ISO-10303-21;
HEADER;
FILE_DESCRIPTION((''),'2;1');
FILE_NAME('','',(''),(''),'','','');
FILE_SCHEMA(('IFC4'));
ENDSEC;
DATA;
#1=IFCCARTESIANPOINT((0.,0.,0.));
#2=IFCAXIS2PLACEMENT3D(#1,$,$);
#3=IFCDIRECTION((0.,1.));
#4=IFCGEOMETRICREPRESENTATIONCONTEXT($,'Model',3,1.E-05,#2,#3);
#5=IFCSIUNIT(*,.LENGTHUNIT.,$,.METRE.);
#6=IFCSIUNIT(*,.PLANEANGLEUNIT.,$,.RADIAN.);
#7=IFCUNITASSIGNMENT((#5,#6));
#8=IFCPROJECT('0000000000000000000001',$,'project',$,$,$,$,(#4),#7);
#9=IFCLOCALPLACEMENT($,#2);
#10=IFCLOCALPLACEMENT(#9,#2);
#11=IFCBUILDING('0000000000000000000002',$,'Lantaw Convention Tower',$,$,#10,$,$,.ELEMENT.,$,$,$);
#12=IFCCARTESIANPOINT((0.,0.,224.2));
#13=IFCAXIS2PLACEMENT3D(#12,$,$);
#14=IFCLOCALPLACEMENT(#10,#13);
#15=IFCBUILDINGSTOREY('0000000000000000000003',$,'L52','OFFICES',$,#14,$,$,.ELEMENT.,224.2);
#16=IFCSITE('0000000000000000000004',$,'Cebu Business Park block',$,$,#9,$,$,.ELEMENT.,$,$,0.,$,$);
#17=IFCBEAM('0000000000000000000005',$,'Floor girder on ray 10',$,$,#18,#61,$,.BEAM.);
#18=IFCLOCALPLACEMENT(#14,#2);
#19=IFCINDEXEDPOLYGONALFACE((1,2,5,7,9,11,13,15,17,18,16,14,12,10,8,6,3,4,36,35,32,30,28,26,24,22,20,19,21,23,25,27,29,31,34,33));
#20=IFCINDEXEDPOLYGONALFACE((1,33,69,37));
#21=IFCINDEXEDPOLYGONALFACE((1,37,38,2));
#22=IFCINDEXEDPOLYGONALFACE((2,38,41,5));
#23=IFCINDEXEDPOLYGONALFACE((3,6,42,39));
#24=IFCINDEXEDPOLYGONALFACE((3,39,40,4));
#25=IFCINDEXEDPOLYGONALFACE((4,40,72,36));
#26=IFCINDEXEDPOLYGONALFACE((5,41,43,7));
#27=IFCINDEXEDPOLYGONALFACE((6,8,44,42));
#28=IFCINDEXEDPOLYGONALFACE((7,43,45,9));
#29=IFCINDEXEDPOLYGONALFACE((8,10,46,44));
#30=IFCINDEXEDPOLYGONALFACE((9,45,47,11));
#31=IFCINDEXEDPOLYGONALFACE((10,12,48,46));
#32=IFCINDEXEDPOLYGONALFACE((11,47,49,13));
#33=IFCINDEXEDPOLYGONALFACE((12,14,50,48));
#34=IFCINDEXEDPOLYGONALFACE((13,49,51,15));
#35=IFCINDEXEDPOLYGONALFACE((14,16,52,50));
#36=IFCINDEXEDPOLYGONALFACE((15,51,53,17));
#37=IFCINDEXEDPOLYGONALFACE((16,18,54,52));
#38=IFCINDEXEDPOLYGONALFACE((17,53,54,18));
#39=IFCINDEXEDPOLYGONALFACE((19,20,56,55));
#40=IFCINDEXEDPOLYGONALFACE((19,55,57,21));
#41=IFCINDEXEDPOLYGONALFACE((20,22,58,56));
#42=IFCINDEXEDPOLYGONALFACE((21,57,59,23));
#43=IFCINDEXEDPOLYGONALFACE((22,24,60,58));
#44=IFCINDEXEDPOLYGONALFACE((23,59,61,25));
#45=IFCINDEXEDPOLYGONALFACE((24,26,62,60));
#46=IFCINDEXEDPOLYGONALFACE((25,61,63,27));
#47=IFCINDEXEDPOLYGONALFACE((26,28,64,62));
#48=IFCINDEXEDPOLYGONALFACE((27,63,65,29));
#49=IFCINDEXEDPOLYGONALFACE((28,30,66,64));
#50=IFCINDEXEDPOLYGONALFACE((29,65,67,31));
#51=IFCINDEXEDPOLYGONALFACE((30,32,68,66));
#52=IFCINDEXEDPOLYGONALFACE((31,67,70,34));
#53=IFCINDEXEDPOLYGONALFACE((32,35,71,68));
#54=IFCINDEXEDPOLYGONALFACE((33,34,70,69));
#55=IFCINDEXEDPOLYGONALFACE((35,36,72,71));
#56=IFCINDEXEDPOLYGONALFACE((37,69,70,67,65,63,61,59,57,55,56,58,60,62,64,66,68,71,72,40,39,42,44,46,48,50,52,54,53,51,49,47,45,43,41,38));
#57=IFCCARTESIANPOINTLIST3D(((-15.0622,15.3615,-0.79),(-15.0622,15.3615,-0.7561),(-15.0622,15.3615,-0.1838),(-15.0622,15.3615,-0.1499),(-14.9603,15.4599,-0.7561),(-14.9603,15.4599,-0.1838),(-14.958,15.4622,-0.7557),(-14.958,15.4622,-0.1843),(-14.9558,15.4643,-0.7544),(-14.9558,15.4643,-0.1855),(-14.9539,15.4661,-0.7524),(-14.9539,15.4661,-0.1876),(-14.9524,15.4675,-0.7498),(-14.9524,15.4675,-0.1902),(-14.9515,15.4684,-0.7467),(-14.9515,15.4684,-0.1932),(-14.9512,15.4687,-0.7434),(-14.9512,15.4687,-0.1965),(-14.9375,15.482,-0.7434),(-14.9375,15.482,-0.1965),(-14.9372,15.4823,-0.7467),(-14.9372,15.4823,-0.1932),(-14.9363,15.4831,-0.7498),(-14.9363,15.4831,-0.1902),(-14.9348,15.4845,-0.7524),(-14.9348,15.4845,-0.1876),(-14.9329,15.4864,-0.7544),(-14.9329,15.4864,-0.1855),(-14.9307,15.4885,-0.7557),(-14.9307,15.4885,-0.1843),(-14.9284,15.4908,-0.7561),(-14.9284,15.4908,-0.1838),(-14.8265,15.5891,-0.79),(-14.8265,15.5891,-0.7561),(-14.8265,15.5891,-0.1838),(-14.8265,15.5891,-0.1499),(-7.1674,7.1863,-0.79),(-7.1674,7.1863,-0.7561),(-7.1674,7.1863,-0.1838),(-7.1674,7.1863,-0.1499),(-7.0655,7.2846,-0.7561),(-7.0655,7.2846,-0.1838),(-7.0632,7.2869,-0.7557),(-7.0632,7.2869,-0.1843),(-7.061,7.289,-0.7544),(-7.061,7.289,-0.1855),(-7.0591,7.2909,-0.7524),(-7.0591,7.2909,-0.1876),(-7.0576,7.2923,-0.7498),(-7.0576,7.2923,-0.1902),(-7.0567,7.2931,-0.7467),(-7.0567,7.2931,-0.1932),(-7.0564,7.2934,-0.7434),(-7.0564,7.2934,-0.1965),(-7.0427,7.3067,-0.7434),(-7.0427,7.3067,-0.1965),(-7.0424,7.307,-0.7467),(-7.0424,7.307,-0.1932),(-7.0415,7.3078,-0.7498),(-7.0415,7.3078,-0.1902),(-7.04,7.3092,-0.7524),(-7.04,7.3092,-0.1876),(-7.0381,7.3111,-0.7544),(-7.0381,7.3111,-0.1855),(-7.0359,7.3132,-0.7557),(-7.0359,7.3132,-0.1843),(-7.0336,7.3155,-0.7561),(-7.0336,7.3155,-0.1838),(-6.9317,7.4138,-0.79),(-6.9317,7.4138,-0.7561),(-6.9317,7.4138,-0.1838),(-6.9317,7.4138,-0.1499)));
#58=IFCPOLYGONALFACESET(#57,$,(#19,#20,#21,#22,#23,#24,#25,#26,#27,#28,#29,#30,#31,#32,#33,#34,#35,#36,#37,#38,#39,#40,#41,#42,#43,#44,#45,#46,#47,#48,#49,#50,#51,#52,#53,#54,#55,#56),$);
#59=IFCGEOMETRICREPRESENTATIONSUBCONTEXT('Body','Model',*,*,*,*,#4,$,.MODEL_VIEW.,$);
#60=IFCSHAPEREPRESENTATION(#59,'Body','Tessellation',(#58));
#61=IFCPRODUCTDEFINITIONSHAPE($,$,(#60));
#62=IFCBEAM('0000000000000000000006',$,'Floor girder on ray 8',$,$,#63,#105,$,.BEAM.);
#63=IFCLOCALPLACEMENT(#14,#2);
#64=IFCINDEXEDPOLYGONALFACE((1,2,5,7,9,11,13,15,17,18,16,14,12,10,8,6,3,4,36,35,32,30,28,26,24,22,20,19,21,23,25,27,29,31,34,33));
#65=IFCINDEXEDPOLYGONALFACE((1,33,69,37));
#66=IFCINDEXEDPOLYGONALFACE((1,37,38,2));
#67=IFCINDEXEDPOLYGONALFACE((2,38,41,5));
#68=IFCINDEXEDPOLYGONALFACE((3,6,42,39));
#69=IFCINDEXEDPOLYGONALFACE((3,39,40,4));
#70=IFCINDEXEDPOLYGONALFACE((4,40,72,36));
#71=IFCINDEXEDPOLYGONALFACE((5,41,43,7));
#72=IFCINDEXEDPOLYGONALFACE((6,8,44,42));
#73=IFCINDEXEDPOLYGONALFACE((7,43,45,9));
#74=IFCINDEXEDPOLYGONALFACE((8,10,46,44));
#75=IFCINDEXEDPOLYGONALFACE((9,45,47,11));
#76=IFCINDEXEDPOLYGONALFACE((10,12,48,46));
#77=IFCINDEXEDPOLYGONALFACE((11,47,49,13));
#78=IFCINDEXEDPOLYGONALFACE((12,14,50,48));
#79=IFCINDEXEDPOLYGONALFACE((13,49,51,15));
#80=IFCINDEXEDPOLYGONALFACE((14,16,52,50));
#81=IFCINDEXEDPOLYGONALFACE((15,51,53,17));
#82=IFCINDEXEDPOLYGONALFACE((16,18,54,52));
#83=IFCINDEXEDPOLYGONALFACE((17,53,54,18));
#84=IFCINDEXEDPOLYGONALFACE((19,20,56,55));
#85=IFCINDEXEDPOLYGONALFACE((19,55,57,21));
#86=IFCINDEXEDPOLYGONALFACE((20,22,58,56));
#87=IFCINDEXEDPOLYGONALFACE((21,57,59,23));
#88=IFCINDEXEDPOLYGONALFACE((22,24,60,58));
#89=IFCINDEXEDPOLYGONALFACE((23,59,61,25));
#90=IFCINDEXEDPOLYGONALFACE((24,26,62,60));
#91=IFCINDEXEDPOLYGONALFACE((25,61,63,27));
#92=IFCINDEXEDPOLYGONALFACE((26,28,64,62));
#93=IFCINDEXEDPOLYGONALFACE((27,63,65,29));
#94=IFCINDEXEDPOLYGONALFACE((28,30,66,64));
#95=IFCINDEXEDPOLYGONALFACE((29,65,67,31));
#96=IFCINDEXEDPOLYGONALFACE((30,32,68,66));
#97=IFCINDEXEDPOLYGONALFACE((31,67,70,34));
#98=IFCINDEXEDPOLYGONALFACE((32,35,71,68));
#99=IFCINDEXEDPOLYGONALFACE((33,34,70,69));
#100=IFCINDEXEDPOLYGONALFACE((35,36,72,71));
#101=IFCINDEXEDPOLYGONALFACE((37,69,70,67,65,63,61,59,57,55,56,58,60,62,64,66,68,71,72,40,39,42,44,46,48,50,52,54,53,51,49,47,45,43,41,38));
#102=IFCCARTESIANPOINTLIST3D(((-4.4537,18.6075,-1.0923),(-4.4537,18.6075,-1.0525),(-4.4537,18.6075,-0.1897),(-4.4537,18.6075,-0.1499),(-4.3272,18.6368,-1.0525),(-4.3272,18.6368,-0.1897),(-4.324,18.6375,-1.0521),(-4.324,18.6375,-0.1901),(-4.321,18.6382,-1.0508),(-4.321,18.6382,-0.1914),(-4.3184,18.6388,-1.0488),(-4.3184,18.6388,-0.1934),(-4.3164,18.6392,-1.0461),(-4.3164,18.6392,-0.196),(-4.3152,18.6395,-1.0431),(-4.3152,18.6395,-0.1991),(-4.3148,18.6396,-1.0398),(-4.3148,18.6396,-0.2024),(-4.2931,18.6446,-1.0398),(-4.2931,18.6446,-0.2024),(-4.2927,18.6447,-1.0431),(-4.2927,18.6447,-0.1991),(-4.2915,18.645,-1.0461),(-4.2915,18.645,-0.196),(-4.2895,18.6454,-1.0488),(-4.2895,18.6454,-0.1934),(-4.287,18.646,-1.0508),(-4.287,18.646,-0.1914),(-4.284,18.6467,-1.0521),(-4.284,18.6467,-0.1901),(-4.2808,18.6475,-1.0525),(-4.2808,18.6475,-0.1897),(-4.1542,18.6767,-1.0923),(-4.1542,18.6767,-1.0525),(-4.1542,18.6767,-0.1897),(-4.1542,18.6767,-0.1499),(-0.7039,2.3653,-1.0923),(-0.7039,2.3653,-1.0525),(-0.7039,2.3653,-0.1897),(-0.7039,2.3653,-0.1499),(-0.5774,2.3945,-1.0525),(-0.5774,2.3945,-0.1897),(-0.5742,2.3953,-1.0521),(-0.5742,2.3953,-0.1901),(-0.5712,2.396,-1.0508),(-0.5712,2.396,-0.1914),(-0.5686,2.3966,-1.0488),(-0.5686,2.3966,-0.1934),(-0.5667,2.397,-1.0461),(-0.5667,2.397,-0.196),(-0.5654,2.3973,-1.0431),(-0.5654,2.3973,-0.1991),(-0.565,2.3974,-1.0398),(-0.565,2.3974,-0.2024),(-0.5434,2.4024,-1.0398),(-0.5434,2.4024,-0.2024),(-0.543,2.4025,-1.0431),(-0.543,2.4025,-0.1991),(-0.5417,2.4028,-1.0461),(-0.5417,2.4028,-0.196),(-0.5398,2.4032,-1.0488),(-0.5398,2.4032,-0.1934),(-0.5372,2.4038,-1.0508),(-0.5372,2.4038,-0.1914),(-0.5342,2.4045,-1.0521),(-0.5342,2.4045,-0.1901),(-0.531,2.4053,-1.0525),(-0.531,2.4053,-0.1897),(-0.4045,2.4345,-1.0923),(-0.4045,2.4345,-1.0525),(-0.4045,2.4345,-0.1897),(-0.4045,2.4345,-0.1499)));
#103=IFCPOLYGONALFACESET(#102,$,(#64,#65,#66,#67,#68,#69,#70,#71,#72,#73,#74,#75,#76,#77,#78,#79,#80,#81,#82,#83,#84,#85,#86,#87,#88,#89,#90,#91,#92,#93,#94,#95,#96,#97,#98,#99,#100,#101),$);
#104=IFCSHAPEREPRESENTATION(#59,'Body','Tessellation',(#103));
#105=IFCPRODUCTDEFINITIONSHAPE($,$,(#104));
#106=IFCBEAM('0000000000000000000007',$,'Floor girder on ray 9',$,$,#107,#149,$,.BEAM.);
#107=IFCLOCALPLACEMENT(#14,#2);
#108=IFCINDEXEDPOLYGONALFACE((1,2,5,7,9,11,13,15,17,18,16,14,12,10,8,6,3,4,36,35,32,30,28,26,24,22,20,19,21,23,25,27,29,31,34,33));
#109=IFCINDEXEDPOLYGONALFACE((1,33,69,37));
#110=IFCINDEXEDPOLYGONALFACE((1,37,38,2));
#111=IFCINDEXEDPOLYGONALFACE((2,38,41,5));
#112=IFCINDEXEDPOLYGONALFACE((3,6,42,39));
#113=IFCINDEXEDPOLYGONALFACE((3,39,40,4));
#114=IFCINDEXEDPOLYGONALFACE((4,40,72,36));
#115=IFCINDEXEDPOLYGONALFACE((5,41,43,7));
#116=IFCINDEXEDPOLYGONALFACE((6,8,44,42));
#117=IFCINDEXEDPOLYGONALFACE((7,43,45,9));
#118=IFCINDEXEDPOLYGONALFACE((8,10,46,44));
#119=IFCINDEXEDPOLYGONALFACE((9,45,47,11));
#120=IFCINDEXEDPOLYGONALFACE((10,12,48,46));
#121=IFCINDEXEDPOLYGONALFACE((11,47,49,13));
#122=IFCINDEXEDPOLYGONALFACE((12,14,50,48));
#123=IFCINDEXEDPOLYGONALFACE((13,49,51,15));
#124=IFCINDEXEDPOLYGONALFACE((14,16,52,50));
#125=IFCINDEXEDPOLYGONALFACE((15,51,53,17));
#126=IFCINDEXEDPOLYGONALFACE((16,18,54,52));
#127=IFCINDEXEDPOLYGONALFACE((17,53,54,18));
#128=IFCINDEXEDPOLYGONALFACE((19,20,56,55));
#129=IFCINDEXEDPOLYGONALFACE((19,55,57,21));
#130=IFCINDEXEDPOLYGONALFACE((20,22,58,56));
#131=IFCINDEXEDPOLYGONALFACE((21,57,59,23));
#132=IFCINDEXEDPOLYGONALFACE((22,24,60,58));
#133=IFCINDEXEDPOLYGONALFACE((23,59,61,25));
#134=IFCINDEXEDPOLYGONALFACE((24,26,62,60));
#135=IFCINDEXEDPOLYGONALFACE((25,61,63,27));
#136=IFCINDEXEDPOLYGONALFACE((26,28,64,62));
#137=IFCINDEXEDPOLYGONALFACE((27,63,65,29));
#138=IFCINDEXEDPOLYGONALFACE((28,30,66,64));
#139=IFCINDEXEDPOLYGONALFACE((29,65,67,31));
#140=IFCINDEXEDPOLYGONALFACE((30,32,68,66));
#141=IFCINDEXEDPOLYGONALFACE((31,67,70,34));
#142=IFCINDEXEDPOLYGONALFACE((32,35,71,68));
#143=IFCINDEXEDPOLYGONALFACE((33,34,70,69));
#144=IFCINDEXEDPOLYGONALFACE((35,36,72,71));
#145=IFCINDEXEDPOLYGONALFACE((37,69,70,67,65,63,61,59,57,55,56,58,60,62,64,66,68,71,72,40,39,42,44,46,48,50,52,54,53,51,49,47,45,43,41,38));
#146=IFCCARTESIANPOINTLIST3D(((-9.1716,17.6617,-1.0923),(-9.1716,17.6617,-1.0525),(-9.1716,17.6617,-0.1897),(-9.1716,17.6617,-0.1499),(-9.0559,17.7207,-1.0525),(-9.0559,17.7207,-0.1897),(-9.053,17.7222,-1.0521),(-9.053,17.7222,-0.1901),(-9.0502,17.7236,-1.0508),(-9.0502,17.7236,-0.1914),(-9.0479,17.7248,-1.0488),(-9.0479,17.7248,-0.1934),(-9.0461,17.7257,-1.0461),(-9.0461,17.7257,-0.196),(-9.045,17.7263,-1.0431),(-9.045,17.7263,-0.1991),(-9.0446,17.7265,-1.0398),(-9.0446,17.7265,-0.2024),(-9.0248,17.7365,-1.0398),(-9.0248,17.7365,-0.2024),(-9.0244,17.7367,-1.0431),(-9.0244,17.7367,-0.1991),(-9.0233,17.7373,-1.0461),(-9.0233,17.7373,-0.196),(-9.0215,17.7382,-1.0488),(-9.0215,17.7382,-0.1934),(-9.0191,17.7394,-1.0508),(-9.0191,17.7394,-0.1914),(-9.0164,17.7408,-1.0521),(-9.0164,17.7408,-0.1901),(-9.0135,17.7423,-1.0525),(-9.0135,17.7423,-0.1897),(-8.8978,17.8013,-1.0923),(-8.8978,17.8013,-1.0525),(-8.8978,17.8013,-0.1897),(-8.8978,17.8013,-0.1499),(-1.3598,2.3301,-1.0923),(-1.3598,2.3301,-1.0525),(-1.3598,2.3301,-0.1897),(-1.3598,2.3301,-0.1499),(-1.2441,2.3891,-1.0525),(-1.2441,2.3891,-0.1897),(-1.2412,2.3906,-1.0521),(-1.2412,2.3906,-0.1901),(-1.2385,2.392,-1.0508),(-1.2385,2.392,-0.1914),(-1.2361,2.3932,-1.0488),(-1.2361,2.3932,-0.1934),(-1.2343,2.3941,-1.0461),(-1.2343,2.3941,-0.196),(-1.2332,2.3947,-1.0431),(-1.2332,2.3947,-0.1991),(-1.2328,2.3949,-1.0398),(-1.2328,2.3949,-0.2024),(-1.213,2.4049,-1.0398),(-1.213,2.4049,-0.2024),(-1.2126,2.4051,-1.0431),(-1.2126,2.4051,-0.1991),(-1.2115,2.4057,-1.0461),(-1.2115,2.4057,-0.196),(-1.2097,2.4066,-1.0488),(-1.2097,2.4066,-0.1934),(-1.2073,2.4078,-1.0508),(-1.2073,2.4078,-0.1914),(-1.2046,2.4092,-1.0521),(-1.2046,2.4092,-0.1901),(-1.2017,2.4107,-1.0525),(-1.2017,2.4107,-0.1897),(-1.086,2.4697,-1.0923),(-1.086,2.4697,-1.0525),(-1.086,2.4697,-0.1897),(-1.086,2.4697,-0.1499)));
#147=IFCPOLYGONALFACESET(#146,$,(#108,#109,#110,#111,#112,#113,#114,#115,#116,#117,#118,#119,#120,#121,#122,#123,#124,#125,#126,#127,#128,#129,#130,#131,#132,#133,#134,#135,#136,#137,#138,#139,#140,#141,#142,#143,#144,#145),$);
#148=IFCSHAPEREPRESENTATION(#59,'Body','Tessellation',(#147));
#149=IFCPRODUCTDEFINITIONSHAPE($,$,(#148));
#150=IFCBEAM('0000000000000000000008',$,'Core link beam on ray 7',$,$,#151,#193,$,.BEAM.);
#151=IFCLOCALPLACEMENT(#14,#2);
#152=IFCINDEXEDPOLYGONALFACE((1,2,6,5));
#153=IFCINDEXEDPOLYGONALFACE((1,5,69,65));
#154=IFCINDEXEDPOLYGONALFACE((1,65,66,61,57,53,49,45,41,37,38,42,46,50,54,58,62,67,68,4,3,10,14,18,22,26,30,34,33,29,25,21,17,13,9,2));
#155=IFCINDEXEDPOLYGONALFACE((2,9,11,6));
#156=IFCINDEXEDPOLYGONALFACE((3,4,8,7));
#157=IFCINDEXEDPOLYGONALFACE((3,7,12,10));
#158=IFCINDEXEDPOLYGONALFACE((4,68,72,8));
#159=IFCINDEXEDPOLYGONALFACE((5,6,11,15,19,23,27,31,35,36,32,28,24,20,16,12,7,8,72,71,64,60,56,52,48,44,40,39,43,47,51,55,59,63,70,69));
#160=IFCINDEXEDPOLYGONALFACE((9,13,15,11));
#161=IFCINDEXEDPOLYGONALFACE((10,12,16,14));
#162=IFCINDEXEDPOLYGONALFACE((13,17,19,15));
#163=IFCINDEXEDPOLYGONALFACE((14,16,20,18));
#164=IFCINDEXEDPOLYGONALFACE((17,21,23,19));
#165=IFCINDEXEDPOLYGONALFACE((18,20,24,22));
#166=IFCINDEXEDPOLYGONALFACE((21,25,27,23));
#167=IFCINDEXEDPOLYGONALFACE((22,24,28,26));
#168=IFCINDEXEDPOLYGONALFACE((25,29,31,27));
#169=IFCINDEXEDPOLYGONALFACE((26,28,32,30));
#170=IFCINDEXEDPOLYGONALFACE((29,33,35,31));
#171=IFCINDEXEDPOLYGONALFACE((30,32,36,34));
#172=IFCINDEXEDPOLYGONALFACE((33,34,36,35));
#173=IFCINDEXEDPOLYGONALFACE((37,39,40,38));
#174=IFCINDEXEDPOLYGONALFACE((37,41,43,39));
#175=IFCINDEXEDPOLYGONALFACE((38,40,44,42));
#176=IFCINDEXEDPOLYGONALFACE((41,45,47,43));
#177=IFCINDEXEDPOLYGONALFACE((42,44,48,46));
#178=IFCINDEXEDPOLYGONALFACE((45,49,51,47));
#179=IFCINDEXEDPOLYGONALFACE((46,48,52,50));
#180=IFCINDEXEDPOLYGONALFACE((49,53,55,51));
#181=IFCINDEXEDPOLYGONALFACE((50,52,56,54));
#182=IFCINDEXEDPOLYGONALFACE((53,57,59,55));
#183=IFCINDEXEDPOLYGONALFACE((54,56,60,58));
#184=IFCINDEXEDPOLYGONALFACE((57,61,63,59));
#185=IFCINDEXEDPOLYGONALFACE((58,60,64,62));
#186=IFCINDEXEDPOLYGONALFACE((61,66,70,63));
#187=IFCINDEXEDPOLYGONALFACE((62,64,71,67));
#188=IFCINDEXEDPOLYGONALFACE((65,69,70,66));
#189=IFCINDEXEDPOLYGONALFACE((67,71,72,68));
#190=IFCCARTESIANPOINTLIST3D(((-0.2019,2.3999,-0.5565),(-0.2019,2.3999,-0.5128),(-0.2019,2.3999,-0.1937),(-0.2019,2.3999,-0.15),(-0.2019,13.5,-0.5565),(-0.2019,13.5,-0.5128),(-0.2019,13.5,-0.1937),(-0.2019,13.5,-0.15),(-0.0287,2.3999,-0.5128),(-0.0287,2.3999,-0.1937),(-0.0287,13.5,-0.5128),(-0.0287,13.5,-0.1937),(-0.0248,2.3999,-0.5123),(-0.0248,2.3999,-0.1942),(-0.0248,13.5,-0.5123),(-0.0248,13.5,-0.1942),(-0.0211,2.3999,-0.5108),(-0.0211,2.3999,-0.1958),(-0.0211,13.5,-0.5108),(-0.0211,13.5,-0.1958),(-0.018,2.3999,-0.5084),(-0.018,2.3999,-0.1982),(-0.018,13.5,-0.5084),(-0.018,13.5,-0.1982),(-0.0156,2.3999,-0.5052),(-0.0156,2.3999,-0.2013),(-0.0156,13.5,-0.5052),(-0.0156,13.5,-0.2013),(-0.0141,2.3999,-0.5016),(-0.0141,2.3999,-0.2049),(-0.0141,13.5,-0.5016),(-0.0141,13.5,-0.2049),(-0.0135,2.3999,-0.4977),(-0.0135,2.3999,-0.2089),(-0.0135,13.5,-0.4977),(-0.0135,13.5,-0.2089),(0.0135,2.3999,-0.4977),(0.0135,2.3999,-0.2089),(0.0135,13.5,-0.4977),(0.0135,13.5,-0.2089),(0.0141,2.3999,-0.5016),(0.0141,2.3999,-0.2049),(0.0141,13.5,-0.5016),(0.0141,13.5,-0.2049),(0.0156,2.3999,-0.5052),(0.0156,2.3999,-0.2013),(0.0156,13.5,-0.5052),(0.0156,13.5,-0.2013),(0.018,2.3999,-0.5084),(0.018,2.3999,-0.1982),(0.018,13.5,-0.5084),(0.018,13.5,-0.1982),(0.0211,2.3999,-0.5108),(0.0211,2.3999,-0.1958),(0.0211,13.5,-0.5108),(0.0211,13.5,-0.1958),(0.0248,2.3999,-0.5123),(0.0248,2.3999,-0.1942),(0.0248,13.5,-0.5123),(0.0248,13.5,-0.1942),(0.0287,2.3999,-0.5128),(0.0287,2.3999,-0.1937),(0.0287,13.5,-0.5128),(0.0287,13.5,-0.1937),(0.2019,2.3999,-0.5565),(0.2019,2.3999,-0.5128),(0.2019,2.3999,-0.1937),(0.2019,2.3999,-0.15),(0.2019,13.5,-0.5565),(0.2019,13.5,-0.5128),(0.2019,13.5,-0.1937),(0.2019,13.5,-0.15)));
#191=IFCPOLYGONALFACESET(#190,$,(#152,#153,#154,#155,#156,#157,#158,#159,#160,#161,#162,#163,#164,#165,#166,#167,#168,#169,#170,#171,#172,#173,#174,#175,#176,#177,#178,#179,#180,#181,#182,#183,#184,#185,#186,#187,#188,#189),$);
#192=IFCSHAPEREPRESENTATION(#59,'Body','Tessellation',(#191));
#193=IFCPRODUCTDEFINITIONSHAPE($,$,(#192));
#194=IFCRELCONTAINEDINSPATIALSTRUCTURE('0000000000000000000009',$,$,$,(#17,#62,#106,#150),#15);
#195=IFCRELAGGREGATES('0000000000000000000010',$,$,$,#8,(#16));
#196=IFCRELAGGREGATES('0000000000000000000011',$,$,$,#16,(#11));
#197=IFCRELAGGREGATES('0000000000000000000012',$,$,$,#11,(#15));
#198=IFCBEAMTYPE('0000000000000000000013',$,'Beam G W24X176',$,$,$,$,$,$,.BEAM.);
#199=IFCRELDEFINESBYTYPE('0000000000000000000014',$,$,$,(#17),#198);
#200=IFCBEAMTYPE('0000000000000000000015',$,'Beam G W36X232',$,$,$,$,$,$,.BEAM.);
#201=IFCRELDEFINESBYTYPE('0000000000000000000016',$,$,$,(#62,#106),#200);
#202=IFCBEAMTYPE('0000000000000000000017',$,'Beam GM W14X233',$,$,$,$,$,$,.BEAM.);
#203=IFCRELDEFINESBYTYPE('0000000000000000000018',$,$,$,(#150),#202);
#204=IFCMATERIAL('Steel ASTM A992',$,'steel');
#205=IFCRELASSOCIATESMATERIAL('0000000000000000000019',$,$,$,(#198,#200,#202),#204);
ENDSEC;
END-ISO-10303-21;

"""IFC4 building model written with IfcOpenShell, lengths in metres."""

from ifc_helpers import new_model, si_unit, direction, frame, origin, origin_2d, place, context, subcontext, project, spatial, i_section, extrude, material, material_profile, profile_set, type_object, element, save


model = new_model("IFC4")

# Units and contexts
model_context = context("Model", 3, precision=1e-05, world=origin(), true_north=direction((0.0, 1.0)))
body_context = subcontext(model_context, "Body", "Model", "MODEL_VIEW")
ifc_project = project(units=[si_unit("LENGTHUNIT", "METRE"), si_unit("PLANEANGLEUNIT", "RADIAN")], contexts=[model_context])

# Site, building, storey
site_placement = place(None, origin())
site = spatial("IfcSite", under=ifc_project, at=site_placement, Name="Cebu Business Park block", CompositionType="ELEMENT", RefElevation=0.0)
building_placement = place(site_placement, origin())
building = spatial("IfcBuilding", under=site, at=building_placement, Name="Lantaw Convention Tower", CompositionType="ELEMENT")
storey_placement = place(building_placement, frame((0.0, 0.0, 224.2)))
storey = spatial("IfcBuildingStorey", under=building, at=storey_placement, Name="L52", Description="OFFICES", CompositionType="ELEMENT", Elevation=224.2)

# Beams
ifc_material_1 = material(Name="Steel ASTM A992", Category="steel")
ifc_material_profile_1 = material_profile(ifc_material_1, i_section(OverallWidth=0.3276, OverallDepth=0.6401, WebThickness=0.019, FlangeThickness=0.0339, FilletRadius=0.0127, at=origin_2d()), Name="W24X176")
ifc_profile_set_1 = profile_set([ifc_material_profile_1], Name="Steel ASTM A992")
beam_type_1 = type_object("IfcBeamType", Name="Beam G W24X176", PredefinedType="BEAM", material=ifc_profile_set_1)
beam_1_placement = place(storey_placement, frame((-7.0496, 7.3, -0.47), z_axis=(-0.694658, 0.71934, 0.0), x_axis=(-0.71934, -0.694658, 0.0)))
element("IfcBeam", 1, at=beam_1_placement, inside=storey, type_object=beam_type_1, Name="Floor girder on ray 10", PredefinedType="BEAM", context=body_context, shape_type="SweptSolid", body=[
    extrude(i_section(OverallWidth=0.3276, OverallDepth=0.6401, WebThickness=0.019, FlangeThickness=0.0339, FilletRadius=0.0127, at=origin_2d()), origin(), (0.0, 0.0, 1.0), 11.365),
])
ifc_material_profile_2 = material_profile(ifc_material_1, i_section(OverallWidth=0.3074, OverallDepth=0.9424, WebThickness=0.0222, FlangeThickness=0.0398, FilletRadius=0.0127, at=origin_2d()), Name="W36X232")
ifc_profile_set_2 = profile_set([ifc_material_profile_2], Name="Steel ASTM A992")
beam_type_2 = type_object("IfcBeamType", Name="Beam G W36X232", PredefinedType="BEAM", material=ifc_profile_set_2)
beam_2_placement = place(storey_placement, frame((-0.5542, 2.3999, -0.6211), z_axis=(-0.224948, 0.974371, 0.0), x_axis=(-0.974371, -0.224948, 0.0)))
element("IfcBeam", 2, at=beam_2_placement, inside=storey, type_object=beam_type_2, Name="Floor girder on ray 8", PredefinedType="BEAM", context=body_context, shape_type="SweptSolid", body=[
    extrude(i_section(OverallWidth=0.3074, OverallDepth=0.9424, WebThickness=0.0222, FlangeThickness=0.0398, FilletRadius=0.0127, at=origin_2d()), origin(), (0.0, 0.0, 1.0), 16.6694),
])
beam_3_placement = place(storey_placement, frame((-1.2229, 2.3999, -0.6211), z_axis=(-0.453988, 0.891008, 0.0), x_axis=(-0.891008, -0.453988, 0.0)))
element("IfcBeam", 3, at=beam_3_placement, inside=storey, type_object=beam_type_2, Name="Floor girder on ray 9", PredefinedType="BEAM", context=body_context, shape_type="SweptSolid", body=[
    extrude(i_section(OverallWidth=0.3074, OverallDepth=0.9424, WebThickness=0.0222, FlangeThickness=0.0398, FilletRadius=0.0127, at=origin_2d()), origin(), (0.0, 0.0, 1.0), 17.207),
])
ifc_material_profile_3 = material_profile(ifc_material_1, i_section(OverallWidth=0.4038, OverallDepth=0.4065, WebThickness=0.0271, FlangeThickness=0.0437, FilletRadius=0.0151, at=origin_2d()), Name="W14X233")
ifc_profile_set_3 = profile_set([ifc_material_profile_3], Name="Steel ASTM A992")
beam_type_3 = type_object("IfcBeamType", Name="Beam GM W14X233", PredefinedType="BEAM", material=ifc_profile_set_3)
beam_4_placement = place(storey_placement, frame((0.0, 2.3999, -0.3533), z_axis=(0.0, 1.0, 0.0), x_axis=(-1.0, 0.0, 0.0)))
element("IfcBeam", 4, at=beam_4_placement, inside=storey, type_object=beam_type_3, Name="Core link beam on ray 7", PredefinedType="BEAM", context=body_context, shape_type="SweptSolid", body=[
    extrude(i_section(OverallWidth=0.4038, OverallDepth=0.4065, WebThickness=0.0271, FlangeThickness=0.0437, FilletRadius=0.0151, at=origin_2d()), origin(), (0.0, 0.0, 1.0), 11.1001),
])

save(model, "model.ifc")
